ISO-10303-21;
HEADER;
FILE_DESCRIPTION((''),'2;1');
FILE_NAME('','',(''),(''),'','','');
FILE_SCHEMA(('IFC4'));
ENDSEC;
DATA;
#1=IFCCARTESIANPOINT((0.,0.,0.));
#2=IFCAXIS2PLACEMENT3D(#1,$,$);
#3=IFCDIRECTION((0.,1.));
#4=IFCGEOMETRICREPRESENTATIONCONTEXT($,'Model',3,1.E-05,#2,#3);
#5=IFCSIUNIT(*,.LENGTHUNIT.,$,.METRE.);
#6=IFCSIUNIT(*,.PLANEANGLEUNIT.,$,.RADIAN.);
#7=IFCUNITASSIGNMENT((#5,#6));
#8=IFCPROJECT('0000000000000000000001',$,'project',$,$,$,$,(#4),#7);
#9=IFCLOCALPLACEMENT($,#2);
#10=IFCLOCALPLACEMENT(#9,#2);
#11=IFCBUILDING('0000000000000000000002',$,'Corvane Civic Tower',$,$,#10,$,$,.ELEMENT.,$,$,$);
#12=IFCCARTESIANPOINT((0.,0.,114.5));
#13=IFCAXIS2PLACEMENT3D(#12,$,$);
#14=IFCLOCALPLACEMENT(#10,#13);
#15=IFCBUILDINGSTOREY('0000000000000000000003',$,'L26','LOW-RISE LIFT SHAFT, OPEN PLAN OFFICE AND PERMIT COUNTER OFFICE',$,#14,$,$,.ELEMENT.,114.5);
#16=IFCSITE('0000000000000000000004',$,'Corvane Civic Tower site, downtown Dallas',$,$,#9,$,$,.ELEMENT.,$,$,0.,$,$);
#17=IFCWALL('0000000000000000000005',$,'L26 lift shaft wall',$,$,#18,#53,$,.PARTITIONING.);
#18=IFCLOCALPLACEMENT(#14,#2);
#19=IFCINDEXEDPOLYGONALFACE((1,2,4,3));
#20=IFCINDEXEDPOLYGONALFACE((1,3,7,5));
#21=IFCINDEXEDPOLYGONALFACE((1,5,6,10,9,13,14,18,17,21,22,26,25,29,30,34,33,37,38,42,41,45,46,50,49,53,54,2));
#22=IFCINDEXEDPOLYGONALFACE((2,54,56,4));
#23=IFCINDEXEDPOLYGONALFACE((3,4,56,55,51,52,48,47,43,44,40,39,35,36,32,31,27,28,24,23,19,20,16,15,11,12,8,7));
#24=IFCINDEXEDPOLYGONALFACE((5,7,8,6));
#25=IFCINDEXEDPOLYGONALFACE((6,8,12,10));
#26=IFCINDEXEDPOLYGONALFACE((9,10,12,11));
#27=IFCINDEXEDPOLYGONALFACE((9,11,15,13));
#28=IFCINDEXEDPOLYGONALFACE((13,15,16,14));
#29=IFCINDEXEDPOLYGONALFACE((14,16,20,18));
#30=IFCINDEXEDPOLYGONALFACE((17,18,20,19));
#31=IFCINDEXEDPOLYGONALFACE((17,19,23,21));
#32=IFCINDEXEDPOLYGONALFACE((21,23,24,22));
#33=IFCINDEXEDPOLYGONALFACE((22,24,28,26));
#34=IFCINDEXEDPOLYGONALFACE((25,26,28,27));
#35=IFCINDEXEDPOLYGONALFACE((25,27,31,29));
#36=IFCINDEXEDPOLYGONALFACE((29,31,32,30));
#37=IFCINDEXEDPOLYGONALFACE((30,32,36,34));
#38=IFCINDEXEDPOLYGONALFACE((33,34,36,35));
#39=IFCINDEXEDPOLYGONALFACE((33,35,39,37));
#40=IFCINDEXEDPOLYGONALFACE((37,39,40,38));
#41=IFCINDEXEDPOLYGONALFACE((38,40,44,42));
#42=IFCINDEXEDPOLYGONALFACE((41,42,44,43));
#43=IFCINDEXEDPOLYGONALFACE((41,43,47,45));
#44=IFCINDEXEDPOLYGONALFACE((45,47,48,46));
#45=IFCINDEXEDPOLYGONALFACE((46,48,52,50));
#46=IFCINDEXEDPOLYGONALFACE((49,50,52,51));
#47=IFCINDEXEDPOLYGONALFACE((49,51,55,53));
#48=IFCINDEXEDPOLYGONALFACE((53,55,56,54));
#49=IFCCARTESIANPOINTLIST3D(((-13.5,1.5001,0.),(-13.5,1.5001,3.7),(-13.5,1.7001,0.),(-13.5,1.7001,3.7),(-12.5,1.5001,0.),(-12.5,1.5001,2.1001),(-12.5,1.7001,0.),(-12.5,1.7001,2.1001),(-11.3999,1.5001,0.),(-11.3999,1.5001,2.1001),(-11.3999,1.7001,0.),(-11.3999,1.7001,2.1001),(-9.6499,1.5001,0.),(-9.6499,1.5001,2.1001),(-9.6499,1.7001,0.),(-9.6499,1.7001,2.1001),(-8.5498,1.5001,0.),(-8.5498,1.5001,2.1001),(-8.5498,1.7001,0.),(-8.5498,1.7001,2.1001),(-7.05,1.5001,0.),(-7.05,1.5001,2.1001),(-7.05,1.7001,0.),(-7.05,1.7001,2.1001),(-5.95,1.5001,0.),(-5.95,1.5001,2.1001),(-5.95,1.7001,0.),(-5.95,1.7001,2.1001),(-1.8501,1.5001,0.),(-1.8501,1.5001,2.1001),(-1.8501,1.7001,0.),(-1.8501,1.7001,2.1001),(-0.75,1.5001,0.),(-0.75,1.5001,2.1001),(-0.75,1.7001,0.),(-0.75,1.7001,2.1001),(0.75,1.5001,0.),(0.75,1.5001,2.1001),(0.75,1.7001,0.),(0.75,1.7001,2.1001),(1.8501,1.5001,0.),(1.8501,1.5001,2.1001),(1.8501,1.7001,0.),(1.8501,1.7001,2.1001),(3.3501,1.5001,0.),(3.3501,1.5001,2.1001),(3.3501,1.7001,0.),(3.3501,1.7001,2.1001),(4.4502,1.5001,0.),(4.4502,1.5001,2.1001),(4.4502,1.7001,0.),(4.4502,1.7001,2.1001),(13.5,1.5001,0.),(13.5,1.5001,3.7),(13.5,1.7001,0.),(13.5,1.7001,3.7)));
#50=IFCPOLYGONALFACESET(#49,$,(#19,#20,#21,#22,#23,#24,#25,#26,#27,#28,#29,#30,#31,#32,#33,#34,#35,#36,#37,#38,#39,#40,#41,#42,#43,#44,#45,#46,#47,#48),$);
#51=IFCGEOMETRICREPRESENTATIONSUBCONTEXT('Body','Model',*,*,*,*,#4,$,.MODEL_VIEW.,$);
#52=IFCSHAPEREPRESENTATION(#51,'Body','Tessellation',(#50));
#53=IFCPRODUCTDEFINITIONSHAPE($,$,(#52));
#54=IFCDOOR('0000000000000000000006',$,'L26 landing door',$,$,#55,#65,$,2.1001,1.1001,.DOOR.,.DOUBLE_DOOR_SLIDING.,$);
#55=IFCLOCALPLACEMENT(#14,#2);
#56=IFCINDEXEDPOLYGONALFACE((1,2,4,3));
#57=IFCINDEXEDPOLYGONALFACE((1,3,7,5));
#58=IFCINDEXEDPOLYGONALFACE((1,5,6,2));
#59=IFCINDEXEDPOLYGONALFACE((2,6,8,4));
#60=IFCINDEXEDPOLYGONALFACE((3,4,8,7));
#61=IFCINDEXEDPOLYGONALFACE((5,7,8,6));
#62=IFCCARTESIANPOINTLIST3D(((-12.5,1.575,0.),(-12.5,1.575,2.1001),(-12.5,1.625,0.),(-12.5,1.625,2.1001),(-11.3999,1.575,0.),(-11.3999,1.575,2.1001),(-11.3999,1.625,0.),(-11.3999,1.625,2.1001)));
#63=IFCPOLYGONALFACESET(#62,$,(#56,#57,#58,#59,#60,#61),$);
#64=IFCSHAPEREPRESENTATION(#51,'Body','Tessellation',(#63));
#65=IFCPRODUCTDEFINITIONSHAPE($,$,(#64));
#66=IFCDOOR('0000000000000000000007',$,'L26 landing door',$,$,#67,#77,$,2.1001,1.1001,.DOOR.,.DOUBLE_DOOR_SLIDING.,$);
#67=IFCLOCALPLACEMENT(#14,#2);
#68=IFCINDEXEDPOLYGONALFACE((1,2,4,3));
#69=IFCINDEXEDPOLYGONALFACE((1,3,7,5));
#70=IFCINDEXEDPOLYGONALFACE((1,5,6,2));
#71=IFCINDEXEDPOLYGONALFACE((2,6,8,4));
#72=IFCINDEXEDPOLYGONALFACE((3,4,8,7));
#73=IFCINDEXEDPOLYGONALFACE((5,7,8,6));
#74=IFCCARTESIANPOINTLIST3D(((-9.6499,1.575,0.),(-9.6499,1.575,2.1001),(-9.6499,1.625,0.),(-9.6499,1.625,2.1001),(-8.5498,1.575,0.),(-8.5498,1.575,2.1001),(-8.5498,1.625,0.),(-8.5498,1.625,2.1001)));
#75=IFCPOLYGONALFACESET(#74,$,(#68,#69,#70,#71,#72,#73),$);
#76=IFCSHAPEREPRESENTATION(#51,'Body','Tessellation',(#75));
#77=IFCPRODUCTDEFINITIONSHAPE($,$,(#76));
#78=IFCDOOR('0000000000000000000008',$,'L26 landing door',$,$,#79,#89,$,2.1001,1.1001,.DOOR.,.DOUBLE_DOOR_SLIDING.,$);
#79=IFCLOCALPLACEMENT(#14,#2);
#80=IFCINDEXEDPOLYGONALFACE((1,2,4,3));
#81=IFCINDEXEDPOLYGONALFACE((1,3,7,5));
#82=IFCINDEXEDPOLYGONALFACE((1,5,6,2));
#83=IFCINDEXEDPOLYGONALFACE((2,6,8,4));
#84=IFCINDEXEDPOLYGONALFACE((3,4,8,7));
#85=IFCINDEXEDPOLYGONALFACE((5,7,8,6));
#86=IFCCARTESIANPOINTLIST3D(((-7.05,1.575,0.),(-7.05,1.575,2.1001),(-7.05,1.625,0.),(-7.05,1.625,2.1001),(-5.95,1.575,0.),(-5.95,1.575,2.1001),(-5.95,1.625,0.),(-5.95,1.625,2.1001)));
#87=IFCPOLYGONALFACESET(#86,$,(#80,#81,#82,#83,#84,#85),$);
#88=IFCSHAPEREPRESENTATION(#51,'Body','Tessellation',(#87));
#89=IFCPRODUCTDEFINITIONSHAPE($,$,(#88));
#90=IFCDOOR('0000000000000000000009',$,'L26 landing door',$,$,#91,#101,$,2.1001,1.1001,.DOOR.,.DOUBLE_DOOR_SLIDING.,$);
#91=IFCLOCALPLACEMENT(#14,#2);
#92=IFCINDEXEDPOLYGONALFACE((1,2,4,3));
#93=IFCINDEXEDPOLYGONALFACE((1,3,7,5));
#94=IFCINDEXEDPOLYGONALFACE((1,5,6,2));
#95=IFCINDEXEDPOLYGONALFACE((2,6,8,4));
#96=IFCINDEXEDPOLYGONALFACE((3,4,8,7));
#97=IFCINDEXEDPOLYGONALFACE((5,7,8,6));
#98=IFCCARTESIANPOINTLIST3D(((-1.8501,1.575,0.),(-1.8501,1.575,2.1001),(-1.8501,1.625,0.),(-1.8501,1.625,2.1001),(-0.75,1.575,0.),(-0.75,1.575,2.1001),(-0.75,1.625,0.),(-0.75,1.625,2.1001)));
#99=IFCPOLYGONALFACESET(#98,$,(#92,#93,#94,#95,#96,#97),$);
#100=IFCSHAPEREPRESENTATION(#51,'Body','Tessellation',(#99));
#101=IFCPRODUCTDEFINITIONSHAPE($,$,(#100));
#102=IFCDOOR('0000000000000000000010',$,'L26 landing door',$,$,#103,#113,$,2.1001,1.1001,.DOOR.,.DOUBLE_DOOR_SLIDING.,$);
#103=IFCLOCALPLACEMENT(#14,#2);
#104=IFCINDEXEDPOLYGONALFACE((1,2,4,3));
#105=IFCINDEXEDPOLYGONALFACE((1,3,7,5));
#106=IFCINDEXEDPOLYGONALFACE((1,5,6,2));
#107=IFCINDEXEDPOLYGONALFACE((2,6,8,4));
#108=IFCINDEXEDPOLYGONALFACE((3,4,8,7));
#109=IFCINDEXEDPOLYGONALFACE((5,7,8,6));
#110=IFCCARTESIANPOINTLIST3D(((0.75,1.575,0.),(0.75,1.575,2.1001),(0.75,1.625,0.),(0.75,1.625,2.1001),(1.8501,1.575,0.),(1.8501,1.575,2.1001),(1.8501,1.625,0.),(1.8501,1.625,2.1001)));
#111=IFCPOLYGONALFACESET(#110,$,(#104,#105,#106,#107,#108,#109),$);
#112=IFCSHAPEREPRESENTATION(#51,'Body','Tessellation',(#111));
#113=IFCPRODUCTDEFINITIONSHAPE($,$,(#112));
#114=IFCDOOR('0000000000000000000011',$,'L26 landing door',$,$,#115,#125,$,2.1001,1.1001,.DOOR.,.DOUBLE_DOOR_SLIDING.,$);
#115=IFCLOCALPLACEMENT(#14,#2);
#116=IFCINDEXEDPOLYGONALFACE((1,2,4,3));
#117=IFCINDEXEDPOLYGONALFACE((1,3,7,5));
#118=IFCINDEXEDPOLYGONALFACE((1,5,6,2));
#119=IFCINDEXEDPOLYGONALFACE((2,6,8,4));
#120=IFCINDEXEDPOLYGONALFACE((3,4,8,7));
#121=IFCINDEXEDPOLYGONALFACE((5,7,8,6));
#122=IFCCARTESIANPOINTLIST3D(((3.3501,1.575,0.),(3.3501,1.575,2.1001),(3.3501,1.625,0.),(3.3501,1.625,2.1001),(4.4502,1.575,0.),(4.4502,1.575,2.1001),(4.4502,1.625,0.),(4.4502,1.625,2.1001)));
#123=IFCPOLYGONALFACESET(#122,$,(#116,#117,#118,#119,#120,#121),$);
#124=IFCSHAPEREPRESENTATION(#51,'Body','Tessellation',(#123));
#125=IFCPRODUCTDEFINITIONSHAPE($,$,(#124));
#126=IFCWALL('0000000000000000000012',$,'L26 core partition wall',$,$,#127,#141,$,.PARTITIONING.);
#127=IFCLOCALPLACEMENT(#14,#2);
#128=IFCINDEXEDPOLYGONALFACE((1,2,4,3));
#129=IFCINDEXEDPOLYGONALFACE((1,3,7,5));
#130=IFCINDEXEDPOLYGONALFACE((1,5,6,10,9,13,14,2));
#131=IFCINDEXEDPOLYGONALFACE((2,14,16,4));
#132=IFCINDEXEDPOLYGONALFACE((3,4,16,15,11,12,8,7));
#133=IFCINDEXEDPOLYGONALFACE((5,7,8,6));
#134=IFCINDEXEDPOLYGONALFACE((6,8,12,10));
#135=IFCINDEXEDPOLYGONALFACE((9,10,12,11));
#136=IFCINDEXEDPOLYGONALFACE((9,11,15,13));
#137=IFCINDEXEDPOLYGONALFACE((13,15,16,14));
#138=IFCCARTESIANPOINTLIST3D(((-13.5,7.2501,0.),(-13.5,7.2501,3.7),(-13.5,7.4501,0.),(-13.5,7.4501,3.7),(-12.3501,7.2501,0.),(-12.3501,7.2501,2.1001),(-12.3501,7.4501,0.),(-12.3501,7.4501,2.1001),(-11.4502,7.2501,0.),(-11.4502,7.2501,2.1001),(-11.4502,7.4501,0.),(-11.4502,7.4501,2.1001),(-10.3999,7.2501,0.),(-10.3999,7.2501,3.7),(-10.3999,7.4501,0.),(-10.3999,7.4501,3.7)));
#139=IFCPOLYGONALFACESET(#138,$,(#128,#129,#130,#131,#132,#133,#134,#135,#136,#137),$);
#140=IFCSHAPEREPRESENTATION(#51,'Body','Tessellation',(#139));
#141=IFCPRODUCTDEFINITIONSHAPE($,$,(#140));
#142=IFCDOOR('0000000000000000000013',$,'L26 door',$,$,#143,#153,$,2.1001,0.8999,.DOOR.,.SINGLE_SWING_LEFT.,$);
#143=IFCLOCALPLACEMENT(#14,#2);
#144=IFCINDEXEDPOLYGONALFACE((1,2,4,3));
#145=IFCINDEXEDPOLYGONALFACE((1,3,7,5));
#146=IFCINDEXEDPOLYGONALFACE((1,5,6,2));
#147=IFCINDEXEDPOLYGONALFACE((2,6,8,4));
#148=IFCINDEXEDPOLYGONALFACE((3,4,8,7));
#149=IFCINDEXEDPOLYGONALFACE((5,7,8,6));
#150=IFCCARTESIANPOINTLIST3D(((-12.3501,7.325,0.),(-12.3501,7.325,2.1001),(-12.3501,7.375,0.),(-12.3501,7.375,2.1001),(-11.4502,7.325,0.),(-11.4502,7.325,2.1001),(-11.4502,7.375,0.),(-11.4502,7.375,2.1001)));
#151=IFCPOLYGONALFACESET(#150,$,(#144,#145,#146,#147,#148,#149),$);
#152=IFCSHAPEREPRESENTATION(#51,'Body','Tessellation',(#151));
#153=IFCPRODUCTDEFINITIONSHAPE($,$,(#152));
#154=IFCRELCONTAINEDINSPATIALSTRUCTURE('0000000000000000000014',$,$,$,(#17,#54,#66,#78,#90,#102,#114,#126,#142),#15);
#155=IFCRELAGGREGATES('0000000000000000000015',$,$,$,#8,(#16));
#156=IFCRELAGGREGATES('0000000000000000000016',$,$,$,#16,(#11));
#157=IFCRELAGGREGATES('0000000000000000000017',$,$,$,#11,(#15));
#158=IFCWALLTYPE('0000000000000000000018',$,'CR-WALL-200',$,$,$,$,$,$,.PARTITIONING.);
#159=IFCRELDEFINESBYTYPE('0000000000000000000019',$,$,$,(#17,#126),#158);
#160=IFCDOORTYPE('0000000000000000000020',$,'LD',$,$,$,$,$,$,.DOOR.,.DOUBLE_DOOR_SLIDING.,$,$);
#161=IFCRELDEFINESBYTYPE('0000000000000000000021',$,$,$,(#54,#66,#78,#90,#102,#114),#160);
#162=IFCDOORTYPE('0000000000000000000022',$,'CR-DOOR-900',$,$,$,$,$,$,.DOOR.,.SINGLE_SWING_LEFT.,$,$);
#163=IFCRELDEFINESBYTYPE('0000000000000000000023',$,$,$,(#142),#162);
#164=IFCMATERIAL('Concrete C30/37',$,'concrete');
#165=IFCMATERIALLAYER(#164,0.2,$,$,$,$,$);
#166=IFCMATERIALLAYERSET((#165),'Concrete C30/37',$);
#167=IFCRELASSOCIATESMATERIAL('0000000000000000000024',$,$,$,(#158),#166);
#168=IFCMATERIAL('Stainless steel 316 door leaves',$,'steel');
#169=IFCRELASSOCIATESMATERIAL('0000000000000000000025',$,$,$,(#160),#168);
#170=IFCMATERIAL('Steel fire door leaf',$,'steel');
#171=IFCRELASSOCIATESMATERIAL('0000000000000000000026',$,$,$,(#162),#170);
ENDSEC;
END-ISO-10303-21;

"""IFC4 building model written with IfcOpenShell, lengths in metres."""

from ifc_helpers import new_model, si_unit, direction, frame, frame_2d, origin, place, context, subcontext, project, spatial, rectangle, extrude, material, layer, layer_set, type_object, element, fill, save


model = new_model("IFC4")

# Units and contexts
model_context = context("Model", 3, precision=1e-05, world=origin(), true_north=direction((0.0, 1.0)))
body_context = subcontext(model_context, "Body", "Model", "MODEL_VIEW")
ifc_project = project(units=[si_unit("LENGTHUNIT", "METRE"), si_unit("PLANEANGLEUNIT", "RADIAN")], contexts=[model_context])

# Site, building, storey
site_placement = place(None, origin())
site = spatial("IfcSite", under=ifc_project, at=site_placement, Name="Corvane Civic Tower site, downtown Dallas", CompositionType="ELEMENT", RefElevation=0.0)
building_placement = place(site_placement, origin())
building = spatial("IfcBuilding", under=site, at=building_placement, Name="Corvane Civic Tower", CompositionType="ELEMENT")
storey_placement = place(building_placement, frame((0.0, 0.0, 114.5)))
storey = spatial("IfcBuildingStorey", under=building, at=storey_placement, Name="L26", Description="LOW-RISE LIFT SHAFT, OPEN PLAN OFFICE AND PERMIT COUNTER OFFICE", CompositionType="ELEMENT", Elevation=114.5)

# Wall, openings, doors
ifc_material_1 = material(Name="Concrete C30/37", Category="concrete")
ifc_layer_1 = layer(ifc_material_1, 0.2)
ifc_layer_set_1 = layer_set([ifc_layer_1], Name="Concrete C30/37")
wall_type_1 = type_object("IfcWallType", Name="CR-WALL-200", PredefinedType="PARTITIONING", material=ifc_layer_set_1)
wall_1_placement = place(storey_placement, frame((-13.5, 1.6001, 0.0), z_axis=(0.0, 0.0, 1.0), x_axis=(1.0, 0.0, 0.0)))
wall_1 = element("IfcWall", 1, at=wall_1_placement, inside=storey, type_object=wall_type_1, Name="L26 lift shaft wall", PredefinedType="PARTITIONING", context=body_context, shape_type="SweptSolid", body=[
    extrude(rectangle(XDim=27.0, YDim=0.2, at=frame_2d((13.5, 0.0))), origin(), (0.0, 0.0, 1.0), 3.7),
])
opening_1_placement = place(wall_1_placement, frame((1.0, 0.0, 0.0)))
opening_1 = element("IfcOpeningElement", 2, at=opening_1_placement, cuts=wall_1, PredefinedType="OPENING", context=body_context, shape_type="SweptSolid", body=[
    extrude(rectangle(XDim=1.1001, YDim=2.1001, at=frame_2d((0.55, 1.05))), frame((0.0, 0.1099, 0.0), z_axis=(0.0, -1.0, 0.0), x_axis=(1.0, 0.0, 0.0)), (0.0, 0.0, 1.0), 0.22),
])
opening_2_placement = place(wall_1_placement, frame((3.8501, 0.0, 0.0)))
opening_2 = element("IfcOpeningElement", 3, at=opening_2_placement, cuts=wall_1, PredefinedType="OPENING", context=body_context, shape_type="SweptSolid", body=[
    extrude(rectangle(XDim=1.1001, YDim=2.1001, at=frame_2d((0.55, 1.05))), frame((0.0, 0.1099, 0.0), z_axis=(0.0, -1.0, 0.0), x_axis=(1.0, 0.0, 0.0)), (0.0, 0.0, 1.0), 0.22),
])
opening_3_placement = place(wall_1_placement, frame((6.45, 0.0, 0.0)))
opening_3 = element("IfcOpeningElement", 4, at=opening_3_placement, cuts=wall_1, PredefinedType="OPENING", context=body_context, shape_type="SweptSolid", body=[
    extrude(rectangle(XDim=1.1001, YDim=2.1001, at=frame_2d((0.55, 1.05))), frame((0.0, 0.1099, 0.0), z_axis=(0.0, -1.0, 0.0), x_axis=(1.0, 0.0, 0.0)), (0.0, 0.0, 1.0), 0.22),
])
opening_4_placement = place(wall_1_placement, frame((11.6499, 0.0, 0.0)))
opening_4 = element("IfcOpeningElement", 5, at=opening_4_placement, cuts=wall_1, PredefinedType="OPENING", context=body_context, shape_type="SweptSolid", body=[
    extrude(rectangle(XDim=1.1001, YDim=2.1001, at=frame_2d((0.55, 1.05))), frame((0.0, 0.1099, 0.0), z_axis=(0.0, -1.0, 0.0), x_axis=(1.0, 0.0, 0.0)), (0.0, 0.0, 1.0), 0.22),
])
opening_5_placement = place(wall_1_placement, frame((14.25, 0.0, 0.0)))
opening_5 = element("IfcOpeningElement", 6, at=opening_5_placement, cuts=wall_1, PredefinedType="OPENING", context=body_context, shape_type="SweptSolid", body=[
    extrude(rectangle(XDim=1.1001, YDim=2.1001, at=frame_2d((0.55, 1.05))), frame((0.0, 0.1099, 0.0), z_axis=(0.0, -1.0, 0.0), x_axis=(1.0, 0.0, 0.0)), (0.0, 0.0, 1.0), 0.22),
])
opening_6_placement = place(wall_1_placement, frame((16.8501, 0.0, 0.0)))
opening_6 = element("IfcOpeningElement", 7, at=opening_6_placement, cuts=wall_1, PredefinedType="OPENING", context=body_context, shape_type="SweptSolid", body=[
    extrude(rectangle(XDim=1.1001, YDim=2.1001, at=frame_2d((0.55, 1.05))), frame((0.0, 0.1099, 0.0), z_axis=(0.0, -1.0, 0.0), x_axis=(1.0, 0.0, 0.0)), (0.0, 0.0, 1.0), 0.22),
])
ifc_material_2 = material(Name="Stainless steel 316 door leaves", Category="steel")
door_type_1 = type_object("IfcDoorType", Name="LD", OperationType="DOUBLE_DOOR_SLIDING", PredefinedType="DOOR", material=ifc_material_2)
door_1_placement = place(opening_1_placement, origin())
door_1 = element("IfcDoor", 8, at=door_1_placement, inside=storey, type_object=door_type_1, Name="L26 landing door", OperationType="DOUBLE_DOOR_SLIDING", OverallHeight=2.1001, OverallWidth=1.1001, PredefinedType="DOOR", context=body_context, shape_type="SweptSolid", body=[
    extrude(rectangle(XDim=1.1001, YDim=2.1001, at=frame_2d((0.55, 1.05))), frame((0.0, 0.0249, 0.0), z_axis=(0.0, -1.0, 0.0), x_axis=(1.0, 0.0, 0.0)), (0.0, 0.0, 1.0), 0.05),
])
fill(opening_1, door_1)
door_2_placement = place(opening_2_placement, origin())
door_2 = element("IfcDoor", 9, at=door_2_placement, inside=storey, type_object=door_type_1, Name="L26 landing door", OperationType="DOUBLE_DOOR_SLIDING", OverallHeight=2.1001, OverallWidth=1.1001, PredefinedType="DOOR", context=body_context, shape_type="SweptSolid", body=[
    extrude(rectangle(XDim=1.1001, YDim=2.1001, at=frame_2d((0.55, 1.05))), frame((0.0, 0.0249, 0.0), z_axis=(0.0, -1.0, 0.0), x_axis=(1.0, 0.0, 0.0)), (0.0, 0.0, 1.0), 0.05),
])
fill(opening_2, door_2)
door_3_placement = place(opening_3_placement, origin())
door_3 = element("IfcDoor", 10, at=door_3_placement, inside=storey, type_object=door_type_1, Name="L26 landing door", OperationType="DOUBLE_DOOR_SLIDING", OverallHeight=2.1001, OverallWidth=1.1001, PredefinedType="DOOR", context=body_context, shape_type="SweptSolid", body=[
    extrude(rectangle(XDim=1.1001, YDim=2.1001, at=frame_2d((0.55, 1.05))), frame((0.0, 0.0249, 0.0), z_axis=(0.0, -1.0, 0.0), x_axis=(1.0, 0.0, 0.0)), (0.0, 0.0, 1.0), 0.05),
])
fill(opening_3, door_3)
door_4_placement = place(opening_4_placement, origin())
door_4 = element("IfcDoor", 11, at=door_4_placement, inside=storey, type_object=door_type_1, Name="L26 landing door", OperationType="DOUBLE_DOOR_SLIDING", OverallHeight=2.1001, OverallWidth=1.1001, PredefinedType="DOOR", context=body_context, shape_type="SweptSolid", body=[
    extrude(rectangle(XDim=1.1001, YDim=2.1001, at=frame_2d((0.55, 1.05))), frame((0.0, 0.0249, 0.0), z_axis=(0.0, -1.0, 0.0), x_axis=(1.0, 0.0, 0.0)), (0.0, 0.0, 1.0), 0.05),
])
fill(opening_4, door_4)
door_5_placement = place(opening_5_placement, origin())
door_5 = element("IfcDoor", 12, at=door_5_placement, inside=storey, type_object=door_type_1, Name="L26 landing door", OperationType="DOUBLE_DOOR_SLIDING", OverallHeight=2.1001, OverallWidth=1.1001, PredefinedType="DOOR", context=body_context, shape_type="SweptSolid", body=[
    extrude(rectangle(XDim=1.1001, YDim=2.1001, at=frame_2d((0.55, 1.05))), frame((0.0, 0.0249, 0.0), z_axis=(0.0, -1.0, 0.0), x_axis=(1.0, 0.0, 0.0)), (0.0, 0.0, 1.0), 0.05),
])
fill(opening_5, door_5)
door_6_placement = place(opening_6_placement, origin())
door_6 = element("IfcDoor", 13, at=door_6_placement, inside=storey, type_object=door_type_1, Name="L26 landing door", OperationType="DOUBLE_DOOR_SLIDING", OverallHeight=2.1001, OverallWidth=1.1001, PredefinedType="DOOR", context=body_context, shape_type="SweptSolid", body=[
    extrude(rectangle(XDim=1.1001, YDim=2.1001, at=frame_2d((0.55, 1.05))), frame((0.0, 0.0249, 0.0), z_axis=(0.0, -1.0, 0.0), x_axis=(1.0, 0.0, 0.0)), (0.0, 0.0, 1.0), 0.05),
])
fill(opening_6, door_6)

# Wall, opening, door
wall_2_placement = place(storey_placement, frame((-13.5, 7.3501, 0.0), z_axis=(0.0, 0.0, 1.0), x_axis=(1.0, 0.0, 0.0)))
wall_2 = element("IfcWall", 14, at=wall_2_placement, inside=storey, type_object=wall_type_1, Name="L26 core partition wall", PredefinedType="PARTITIONING", context=body_context, shape_type="SweptSolid", body=[
    extrude(rectangle(XDim=3.1001, YDim=0.2, at=frame_2d((1.55, 0.0))), origin(), (0.0, 0.0, 1.0), 3.7),
])
opening_7_placement = place(wall_2_placement, frame((1.1499, 0.0, 0.0)))
opening_7 = element("IfcOpeningElement", 15, at=opening_7_placement, cuts=wall_2, PredefinedType="OPENING", context=body_context, shape_type="SweptSolid", body=[
    extrude(rectangle(XDim=0.8999, YDim=2.1001, at=frame_2d((0.45, 1.05))), frame((0.0, 0.1099, 0.0), z_axis=(0.0, -1.0, 0.0), x_axis=(1.0, 0.0, 0.0)), (0.0, 0.0, 1.0), 0.22),
])
ifc_material_3 = material(Name="Steel fire door leaf", Category="steel")
door_type_2 = type_object("IfcDoorType", Name="CR-DOOR-900", OperationType="SINGLE_SWING_LEFT", PredefinedType="DOOR", material=ifc_material_3)
door_7_placement = place(opening_7_placement, origin())
door_7 = element("IfcDoor", 16, at=door_7_placement, inside=storey, type_object=door_type_2, Name="L26 door", OperationType="SINGLE_SWING_LEFT", OverallHeight=2.1001, OverallWidth=0.8999, PredefinedType="DOOR", context=body_context, shape_type="SweptSolid", body=[
    extrude(rectangle(XDim=0.8999, YDim=2.1001, at=frame_2d((0.45, 1.05))), frame((0.0, 0.0249, 0.0), z_axis=(0.0, -1.0, 0.0), x_axis=(1.0, 0.0, 0.0)), (0.0, 0.0, 1.0), 0.05),
])
fill(opening_7, door_7)

save(model, "model.ifc")
